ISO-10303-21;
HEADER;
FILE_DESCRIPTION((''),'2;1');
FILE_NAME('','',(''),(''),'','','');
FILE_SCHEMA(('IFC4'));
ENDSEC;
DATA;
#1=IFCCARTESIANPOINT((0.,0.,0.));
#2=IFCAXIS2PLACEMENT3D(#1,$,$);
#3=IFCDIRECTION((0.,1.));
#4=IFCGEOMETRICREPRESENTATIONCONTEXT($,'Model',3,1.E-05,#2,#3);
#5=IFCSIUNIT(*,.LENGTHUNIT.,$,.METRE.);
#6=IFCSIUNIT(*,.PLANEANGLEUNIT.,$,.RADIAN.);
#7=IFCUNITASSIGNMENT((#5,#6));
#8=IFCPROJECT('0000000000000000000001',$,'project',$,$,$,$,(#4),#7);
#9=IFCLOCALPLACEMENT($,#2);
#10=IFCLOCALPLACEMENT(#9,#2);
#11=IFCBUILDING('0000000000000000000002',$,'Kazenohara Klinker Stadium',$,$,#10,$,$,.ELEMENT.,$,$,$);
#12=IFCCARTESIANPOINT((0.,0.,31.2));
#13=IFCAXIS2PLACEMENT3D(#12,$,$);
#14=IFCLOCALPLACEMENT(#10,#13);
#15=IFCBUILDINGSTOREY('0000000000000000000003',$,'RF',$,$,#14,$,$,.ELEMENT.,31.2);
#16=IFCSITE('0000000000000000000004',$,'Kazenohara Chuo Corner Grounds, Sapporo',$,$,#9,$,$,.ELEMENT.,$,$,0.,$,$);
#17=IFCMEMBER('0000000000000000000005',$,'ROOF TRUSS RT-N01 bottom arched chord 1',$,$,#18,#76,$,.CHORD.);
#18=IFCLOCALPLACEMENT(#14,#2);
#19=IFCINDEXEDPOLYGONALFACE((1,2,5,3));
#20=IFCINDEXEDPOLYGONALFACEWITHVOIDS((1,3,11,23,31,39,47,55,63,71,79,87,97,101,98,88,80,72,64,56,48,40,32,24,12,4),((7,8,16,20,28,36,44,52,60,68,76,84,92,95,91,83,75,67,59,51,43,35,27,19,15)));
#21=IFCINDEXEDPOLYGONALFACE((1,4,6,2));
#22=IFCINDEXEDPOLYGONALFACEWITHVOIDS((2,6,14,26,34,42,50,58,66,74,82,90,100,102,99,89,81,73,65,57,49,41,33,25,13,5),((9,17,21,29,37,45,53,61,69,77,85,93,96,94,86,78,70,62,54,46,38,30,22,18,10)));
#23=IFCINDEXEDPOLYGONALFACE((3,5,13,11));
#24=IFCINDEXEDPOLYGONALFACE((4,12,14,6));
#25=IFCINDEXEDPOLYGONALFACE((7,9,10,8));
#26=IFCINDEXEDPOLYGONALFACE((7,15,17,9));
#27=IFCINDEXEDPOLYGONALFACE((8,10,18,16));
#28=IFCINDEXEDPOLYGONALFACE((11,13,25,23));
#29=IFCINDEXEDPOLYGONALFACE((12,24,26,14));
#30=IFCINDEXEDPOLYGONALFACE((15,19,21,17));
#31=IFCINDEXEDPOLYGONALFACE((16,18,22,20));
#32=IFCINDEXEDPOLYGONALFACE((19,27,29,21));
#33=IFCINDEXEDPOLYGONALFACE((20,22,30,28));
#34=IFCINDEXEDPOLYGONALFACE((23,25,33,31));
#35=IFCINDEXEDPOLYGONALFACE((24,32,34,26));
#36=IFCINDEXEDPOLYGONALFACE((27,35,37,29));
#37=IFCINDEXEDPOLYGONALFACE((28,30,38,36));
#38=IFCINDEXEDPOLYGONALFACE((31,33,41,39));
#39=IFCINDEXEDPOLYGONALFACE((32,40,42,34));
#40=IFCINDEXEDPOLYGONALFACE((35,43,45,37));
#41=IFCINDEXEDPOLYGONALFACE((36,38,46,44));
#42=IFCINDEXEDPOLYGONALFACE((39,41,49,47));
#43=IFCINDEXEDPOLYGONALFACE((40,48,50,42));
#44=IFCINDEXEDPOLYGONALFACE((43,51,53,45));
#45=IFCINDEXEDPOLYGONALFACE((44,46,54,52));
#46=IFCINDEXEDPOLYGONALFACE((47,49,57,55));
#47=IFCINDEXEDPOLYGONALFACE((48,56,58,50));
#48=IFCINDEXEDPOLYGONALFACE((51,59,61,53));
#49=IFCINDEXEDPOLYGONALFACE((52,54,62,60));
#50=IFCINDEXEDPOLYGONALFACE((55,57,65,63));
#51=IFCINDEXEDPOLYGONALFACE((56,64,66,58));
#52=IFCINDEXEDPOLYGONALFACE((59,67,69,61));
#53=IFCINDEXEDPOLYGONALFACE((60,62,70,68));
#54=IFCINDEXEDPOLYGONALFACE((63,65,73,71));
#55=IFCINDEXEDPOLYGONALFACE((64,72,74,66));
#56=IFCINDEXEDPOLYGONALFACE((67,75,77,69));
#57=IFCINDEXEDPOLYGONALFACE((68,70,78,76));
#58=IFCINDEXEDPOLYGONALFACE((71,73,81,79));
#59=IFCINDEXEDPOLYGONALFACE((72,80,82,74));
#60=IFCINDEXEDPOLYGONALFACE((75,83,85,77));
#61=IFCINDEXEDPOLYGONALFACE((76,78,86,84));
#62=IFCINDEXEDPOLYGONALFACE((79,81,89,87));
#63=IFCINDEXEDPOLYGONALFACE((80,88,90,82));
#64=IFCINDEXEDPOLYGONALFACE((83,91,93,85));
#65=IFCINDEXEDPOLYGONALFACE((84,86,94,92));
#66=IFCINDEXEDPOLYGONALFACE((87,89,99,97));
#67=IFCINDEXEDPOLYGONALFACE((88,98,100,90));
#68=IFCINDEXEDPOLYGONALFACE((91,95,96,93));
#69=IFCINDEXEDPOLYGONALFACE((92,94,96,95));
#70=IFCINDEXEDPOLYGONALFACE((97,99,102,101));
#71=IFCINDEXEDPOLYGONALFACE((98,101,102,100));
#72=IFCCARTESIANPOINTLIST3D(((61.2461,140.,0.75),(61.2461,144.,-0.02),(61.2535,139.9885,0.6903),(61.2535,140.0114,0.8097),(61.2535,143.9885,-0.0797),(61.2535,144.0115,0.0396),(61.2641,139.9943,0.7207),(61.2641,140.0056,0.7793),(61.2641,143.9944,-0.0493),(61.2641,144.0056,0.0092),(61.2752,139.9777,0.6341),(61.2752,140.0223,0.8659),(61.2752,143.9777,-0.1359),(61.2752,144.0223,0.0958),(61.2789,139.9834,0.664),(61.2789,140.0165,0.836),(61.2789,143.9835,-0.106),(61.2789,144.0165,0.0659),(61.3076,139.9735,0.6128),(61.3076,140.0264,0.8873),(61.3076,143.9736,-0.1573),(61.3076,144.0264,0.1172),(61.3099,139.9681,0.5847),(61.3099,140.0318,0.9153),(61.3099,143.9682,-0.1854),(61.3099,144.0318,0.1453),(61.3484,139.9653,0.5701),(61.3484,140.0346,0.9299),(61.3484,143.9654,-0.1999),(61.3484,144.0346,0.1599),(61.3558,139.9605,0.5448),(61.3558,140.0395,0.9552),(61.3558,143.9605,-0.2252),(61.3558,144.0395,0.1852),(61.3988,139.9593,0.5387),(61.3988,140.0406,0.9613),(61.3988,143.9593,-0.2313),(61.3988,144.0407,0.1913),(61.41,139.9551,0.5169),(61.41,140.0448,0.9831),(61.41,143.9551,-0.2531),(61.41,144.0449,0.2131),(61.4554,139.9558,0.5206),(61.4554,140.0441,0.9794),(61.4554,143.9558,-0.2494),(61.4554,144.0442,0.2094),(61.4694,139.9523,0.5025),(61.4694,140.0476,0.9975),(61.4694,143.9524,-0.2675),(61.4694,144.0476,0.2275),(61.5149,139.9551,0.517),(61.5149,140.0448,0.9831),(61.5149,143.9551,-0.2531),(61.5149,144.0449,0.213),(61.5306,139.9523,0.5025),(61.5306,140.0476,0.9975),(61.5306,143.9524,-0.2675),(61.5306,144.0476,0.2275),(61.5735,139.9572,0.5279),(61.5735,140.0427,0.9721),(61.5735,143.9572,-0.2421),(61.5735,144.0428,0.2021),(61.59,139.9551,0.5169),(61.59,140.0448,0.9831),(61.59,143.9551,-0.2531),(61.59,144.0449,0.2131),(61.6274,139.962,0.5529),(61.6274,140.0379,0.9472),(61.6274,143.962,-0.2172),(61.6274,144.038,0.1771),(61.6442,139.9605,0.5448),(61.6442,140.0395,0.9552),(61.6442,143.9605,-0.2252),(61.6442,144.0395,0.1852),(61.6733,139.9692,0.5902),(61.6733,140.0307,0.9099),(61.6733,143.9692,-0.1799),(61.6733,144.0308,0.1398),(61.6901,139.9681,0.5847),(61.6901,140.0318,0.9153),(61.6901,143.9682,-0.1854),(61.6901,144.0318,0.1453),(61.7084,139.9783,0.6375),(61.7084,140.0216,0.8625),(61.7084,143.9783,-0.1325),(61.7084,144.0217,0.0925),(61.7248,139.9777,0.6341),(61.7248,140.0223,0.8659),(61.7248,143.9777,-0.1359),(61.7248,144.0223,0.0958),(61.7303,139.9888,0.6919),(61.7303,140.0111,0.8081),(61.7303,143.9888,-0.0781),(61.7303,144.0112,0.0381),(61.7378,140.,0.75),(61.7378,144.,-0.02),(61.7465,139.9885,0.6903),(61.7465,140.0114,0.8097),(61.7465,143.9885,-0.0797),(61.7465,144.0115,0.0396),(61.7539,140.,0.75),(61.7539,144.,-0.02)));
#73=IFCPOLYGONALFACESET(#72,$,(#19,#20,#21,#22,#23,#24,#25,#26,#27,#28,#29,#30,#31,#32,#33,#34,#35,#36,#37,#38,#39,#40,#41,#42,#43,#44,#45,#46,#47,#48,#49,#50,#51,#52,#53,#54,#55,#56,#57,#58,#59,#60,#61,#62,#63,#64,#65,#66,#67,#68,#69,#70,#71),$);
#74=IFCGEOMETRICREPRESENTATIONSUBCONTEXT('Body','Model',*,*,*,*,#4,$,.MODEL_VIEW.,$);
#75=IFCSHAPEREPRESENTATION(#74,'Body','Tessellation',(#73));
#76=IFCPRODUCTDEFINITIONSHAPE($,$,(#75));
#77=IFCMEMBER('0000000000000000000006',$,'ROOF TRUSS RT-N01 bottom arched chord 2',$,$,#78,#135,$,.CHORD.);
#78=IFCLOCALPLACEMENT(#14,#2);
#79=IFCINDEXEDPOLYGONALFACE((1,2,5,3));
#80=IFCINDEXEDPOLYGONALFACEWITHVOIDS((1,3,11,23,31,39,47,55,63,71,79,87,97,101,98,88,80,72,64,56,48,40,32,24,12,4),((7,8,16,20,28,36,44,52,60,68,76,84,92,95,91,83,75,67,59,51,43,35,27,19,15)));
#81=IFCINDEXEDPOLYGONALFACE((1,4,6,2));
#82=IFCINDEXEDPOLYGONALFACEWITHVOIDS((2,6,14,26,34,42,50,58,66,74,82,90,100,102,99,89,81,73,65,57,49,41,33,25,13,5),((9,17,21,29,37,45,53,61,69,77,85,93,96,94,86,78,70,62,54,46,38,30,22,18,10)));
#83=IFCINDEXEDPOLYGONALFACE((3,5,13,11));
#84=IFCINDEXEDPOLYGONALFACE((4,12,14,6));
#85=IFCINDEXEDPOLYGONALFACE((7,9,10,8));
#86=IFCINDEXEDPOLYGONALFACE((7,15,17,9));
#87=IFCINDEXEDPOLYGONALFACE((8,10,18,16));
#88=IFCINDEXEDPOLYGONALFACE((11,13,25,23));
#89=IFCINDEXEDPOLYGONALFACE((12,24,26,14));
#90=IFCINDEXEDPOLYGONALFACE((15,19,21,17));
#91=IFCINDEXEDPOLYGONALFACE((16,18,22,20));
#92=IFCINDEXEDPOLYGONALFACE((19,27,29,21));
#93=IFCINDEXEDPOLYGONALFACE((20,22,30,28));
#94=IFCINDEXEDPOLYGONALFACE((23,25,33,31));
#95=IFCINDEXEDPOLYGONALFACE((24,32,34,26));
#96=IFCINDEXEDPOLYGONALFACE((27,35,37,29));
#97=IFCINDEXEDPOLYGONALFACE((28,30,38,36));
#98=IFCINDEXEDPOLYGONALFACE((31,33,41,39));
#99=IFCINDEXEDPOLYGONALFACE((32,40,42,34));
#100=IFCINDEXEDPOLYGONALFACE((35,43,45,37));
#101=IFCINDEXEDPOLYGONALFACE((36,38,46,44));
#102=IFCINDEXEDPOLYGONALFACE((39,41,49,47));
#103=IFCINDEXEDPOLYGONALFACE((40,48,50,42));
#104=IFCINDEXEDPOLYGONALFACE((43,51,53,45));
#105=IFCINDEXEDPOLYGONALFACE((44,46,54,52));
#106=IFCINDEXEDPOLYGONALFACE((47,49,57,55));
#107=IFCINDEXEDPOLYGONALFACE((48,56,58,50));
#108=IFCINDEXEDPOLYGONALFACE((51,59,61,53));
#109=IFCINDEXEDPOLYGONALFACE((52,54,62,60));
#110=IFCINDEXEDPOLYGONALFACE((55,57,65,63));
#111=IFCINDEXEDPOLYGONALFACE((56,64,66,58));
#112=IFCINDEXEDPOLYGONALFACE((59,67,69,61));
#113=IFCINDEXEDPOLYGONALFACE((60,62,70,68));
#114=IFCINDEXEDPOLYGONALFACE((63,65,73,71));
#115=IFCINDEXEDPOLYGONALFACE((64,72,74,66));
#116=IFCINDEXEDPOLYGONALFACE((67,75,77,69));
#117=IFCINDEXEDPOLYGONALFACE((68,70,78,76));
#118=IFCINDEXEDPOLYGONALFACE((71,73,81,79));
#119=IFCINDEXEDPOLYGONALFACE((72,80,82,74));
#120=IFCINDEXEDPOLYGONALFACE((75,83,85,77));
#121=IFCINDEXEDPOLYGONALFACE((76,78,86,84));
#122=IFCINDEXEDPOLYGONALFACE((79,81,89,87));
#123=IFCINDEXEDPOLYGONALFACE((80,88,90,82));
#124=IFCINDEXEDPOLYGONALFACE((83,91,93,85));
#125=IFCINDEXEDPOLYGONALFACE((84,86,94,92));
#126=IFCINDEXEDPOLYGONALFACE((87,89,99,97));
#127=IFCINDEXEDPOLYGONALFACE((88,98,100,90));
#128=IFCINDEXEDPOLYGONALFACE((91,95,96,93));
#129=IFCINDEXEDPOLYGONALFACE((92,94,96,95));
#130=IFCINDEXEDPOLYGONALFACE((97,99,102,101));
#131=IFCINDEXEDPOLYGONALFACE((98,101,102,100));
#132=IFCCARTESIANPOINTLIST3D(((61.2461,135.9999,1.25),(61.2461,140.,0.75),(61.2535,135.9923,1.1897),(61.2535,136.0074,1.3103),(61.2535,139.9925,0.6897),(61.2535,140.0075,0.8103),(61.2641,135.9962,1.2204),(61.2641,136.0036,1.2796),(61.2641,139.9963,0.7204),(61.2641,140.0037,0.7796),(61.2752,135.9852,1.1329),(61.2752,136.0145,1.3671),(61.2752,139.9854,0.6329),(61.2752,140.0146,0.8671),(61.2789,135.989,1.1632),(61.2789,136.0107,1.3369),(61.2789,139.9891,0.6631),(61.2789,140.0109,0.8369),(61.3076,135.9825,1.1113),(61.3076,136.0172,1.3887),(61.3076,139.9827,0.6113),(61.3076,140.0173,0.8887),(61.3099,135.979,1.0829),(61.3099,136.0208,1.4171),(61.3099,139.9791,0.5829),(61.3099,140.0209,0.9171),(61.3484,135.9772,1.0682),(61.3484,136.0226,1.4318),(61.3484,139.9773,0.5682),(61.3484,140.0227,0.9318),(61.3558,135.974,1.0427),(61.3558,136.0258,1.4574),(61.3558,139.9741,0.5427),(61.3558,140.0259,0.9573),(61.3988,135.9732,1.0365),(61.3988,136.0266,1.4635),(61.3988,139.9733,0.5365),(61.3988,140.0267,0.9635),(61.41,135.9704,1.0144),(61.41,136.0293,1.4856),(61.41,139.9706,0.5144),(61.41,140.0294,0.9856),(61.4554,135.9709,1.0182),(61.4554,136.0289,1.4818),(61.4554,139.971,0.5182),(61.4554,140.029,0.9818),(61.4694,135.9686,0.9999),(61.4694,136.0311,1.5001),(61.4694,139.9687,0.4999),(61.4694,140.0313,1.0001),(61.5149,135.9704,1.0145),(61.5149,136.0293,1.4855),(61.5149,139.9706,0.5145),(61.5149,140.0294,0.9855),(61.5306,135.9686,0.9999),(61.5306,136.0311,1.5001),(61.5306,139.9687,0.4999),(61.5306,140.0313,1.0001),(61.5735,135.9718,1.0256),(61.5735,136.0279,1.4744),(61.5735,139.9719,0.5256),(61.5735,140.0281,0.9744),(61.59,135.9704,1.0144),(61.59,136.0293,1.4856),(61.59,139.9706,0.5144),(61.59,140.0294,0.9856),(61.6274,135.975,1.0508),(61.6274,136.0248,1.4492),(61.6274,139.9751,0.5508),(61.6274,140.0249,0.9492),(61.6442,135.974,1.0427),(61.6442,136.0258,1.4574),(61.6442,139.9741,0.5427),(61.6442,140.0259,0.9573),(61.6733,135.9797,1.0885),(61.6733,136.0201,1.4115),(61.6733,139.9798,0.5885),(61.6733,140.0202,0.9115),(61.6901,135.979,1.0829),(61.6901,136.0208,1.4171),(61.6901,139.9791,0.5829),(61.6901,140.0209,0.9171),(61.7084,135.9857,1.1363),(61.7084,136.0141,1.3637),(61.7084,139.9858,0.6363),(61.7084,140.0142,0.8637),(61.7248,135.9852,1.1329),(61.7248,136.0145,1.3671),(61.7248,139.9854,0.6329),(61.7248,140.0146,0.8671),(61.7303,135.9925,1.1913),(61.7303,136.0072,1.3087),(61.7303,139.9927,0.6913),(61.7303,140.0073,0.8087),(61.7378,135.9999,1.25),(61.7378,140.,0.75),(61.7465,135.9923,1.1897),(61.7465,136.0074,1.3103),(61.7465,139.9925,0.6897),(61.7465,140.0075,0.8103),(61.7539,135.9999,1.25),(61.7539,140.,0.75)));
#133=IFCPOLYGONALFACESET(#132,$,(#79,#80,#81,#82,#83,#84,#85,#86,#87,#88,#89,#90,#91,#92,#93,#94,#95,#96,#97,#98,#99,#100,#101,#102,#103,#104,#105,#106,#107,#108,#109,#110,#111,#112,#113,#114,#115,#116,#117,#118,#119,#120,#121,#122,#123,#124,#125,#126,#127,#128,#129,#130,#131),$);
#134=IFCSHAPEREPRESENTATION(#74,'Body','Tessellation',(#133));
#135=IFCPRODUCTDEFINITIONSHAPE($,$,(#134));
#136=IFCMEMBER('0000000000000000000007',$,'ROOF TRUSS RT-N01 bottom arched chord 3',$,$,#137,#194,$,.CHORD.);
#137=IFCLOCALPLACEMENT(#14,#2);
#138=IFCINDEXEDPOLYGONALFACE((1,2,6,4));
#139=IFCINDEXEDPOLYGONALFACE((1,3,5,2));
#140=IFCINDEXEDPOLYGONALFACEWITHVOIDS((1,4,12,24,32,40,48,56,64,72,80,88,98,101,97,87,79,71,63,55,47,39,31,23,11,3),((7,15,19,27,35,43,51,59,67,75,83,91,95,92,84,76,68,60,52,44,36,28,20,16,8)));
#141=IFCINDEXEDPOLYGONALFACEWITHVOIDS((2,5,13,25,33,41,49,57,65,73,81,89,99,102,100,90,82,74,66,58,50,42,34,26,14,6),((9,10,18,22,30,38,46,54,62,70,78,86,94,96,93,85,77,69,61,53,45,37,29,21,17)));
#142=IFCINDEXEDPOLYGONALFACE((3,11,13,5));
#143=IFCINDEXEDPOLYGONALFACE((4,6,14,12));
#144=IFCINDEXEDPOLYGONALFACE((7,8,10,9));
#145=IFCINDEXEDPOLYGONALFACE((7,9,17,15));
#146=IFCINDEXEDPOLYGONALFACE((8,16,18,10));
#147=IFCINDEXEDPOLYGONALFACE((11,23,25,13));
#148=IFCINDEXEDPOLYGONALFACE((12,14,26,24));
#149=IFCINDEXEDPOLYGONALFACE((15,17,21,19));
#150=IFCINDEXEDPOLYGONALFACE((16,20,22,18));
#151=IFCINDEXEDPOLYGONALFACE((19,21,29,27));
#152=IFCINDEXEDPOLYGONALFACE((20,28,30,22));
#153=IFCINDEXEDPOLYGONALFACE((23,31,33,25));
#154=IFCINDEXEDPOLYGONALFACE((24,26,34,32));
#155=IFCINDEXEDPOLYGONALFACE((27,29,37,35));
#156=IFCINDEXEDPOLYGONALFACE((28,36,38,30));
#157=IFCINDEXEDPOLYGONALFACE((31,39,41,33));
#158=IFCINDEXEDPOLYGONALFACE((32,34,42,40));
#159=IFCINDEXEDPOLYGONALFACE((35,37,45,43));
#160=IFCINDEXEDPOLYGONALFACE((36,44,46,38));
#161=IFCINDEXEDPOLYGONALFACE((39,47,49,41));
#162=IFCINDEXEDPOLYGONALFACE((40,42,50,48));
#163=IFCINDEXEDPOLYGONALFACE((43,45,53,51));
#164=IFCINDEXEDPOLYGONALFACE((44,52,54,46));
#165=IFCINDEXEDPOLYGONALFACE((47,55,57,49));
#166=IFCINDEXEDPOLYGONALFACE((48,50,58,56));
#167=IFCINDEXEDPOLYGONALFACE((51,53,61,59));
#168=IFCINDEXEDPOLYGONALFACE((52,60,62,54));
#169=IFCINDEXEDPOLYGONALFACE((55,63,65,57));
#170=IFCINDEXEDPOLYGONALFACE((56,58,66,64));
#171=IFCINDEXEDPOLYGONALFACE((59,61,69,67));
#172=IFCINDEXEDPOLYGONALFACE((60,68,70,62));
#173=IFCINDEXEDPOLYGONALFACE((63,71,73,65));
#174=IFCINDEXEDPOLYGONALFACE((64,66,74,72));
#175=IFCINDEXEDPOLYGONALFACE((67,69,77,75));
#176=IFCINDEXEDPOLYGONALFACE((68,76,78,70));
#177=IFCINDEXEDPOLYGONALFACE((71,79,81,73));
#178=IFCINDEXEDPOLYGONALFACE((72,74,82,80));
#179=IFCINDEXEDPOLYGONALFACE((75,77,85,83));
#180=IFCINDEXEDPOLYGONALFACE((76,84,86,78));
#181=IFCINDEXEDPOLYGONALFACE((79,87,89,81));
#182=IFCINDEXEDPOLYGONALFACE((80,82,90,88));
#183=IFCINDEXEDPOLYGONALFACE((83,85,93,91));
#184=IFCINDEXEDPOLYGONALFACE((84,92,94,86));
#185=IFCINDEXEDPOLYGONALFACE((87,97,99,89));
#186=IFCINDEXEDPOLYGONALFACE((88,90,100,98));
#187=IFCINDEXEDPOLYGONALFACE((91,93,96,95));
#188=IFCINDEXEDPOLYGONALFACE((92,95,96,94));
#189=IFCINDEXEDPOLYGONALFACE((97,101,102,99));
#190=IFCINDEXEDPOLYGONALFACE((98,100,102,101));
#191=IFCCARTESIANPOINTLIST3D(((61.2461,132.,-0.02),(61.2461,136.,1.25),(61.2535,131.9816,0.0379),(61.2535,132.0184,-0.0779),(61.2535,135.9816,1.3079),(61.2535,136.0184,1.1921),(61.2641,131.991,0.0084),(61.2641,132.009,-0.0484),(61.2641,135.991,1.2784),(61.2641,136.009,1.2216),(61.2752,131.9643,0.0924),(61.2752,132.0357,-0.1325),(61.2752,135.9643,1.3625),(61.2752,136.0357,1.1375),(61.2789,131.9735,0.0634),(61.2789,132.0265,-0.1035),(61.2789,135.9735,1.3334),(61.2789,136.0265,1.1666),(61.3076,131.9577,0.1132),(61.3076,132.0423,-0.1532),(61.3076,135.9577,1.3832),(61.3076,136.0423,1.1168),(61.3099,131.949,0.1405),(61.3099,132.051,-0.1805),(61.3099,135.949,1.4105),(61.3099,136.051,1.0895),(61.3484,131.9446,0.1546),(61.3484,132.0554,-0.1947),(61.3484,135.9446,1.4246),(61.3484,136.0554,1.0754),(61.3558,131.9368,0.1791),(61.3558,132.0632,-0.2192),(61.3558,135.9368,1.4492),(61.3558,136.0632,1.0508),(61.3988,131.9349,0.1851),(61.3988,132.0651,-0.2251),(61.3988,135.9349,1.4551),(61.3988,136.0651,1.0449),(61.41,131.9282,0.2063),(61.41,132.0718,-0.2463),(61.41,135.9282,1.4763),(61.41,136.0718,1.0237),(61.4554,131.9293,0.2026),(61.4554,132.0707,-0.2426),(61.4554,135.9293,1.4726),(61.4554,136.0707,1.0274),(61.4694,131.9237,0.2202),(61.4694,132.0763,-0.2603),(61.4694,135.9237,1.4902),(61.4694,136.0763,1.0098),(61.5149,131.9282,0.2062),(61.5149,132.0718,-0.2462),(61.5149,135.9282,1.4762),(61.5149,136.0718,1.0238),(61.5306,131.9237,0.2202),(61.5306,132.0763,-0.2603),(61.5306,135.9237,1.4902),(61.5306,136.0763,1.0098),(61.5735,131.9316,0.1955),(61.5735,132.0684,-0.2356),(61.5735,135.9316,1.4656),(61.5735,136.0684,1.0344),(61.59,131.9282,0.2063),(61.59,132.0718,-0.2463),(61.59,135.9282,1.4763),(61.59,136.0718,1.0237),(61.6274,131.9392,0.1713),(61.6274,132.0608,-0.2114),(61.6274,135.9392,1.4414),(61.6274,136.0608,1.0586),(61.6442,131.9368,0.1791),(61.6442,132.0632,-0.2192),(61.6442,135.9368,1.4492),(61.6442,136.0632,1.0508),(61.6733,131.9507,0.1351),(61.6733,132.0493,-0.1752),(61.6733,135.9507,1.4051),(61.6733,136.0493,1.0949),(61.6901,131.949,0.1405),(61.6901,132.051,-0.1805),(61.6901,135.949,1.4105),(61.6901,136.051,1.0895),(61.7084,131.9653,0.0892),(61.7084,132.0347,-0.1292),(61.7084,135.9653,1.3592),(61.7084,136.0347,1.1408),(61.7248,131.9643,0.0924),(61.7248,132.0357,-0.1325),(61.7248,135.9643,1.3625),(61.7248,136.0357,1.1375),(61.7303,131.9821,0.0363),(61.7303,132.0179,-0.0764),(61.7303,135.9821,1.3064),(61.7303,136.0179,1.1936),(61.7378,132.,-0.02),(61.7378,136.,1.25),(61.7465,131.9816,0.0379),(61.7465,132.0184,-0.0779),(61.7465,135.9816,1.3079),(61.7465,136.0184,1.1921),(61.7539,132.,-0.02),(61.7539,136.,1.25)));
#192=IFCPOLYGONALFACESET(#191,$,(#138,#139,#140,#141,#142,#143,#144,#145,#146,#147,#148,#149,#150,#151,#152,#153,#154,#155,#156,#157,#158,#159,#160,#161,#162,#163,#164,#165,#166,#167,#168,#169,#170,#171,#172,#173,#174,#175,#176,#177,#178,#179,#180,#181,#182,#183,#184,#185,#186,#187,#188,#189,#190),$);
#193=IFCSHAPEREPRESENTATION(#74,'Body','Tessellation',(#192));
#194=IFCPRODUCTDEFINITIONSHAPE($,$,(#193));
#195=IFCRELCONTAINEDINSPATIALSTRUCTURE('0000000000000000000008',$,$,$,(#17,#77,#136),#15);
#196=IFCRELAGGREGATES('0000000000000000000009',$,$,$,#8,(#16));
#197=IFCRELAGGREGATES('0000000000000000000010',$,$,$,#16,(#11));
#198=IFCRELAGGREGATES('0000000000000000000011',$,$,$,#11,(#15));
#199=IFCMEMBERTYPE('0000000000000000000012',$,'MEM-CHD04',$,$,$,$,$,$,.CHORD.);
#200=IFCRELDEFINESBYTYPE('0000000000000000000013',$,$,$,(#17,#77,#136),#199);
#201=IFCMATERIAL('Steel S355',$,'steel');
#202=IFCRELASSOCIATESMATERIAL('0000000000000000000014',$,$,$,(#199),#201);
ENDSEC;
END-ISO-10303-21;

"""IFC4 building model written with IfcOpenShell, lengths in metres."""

from ifc_helpers import new_model, si_unit, direction, frame, origin, origin_2d, place, context, subcontext, project, spatial, hollow_circle, extrude, material, material_profile, profile_set, type_object, element, save


model = new_model("IFC4")

# Units and contexts
model_context = context("Model", 3, precision=1e-05, world=origin(), true_north=direction((0.0, 1.0)))
body_context = subcontext(model_context, "Body", "Model", "MODEL_VIEW")
ifc_project = project(units=[si_unit("LENGTHUNIT", "METRE"), si_unit("PLANEANGLEUNIT", "RADIAN")], contexts=[model_context])

# Site, building, storey
site_placement = place(None, origin())
site = spatial("IfcSite", under=ifc_project, at=site_placement, Name="Kazenohara Chuo Corner Grounds, Sapporo", CompositionType="ELEMENT", RefElevation=0.0)
building_placement = place(site_placement, origin())
building = spatial("IfcBuilding", under=site, at=building_placement, Name="Kazenohara Klinker Stadium", CompositionType="ELEMENT")
storey_placement = place(building_placement, frame((0.0, 0.0, 31.2)))
storey = spatial("IfcBuildingStorey", under=building, at=storey_placement, Name="RF", CompositionType="ELEMENT", Elevation=31.2)

# Members
ifc_material_1 = material(Name="Steel S355", Category="steel")
ifc_material_profile_1 = material_profile(ifc_material_1, hollow_circle(Radius=0.2539, WallThickness=0.0161, at=origin_2d()), Name="CHS-508.0x16")
ifc_profile_set_1 = profile_set([ifc_material_profile_1], Name="Steel S355")
member_type_1 = type_object("IfcMemberType", Name="MEM-CHD04", PredefinedType="CHORD", material=ifc_profile_set_1)
member_1_placement = place(storey_placement, frame((61.5, 144.0, -0.02), z_axis=(0.0, -0.981971, 0.189034), x_axis=(1.0, 0.0, 0.0)))
element("IfcMember", 1, at=member_1_placement, inside=storey, type_object=member_type_1, Name="ROOF TRUSS RT-N01 bottom arched chord 1", PredefinedType="CHORD", context=body_context, shape_type="SweptSolid", body=[
    extrude(hollow_circle(Radius=0.2539, WallThickness=0.0161, at=origin_2d()), origin(), (0.0, 0.0, 1.0), 4.0735),
])
member_2_placement = place(storey_placement, frame((61.5, 140.0, 0.75), z_axis=(0.0, -0.992278, 0.124035), x_axis=(1.0, 0.0, 0.0)))
element("IfcMember", 2, at=member_2_placement, inside=storey, type_object=member_type_1, Name="ROOF TRUSS RT-N01 bottom arched chord 2", PredefinedType="CHORD", context=body_context, shape_type="SweptSolid", body=[
    extrude(hollow_circle(Radius=0.2539, WallThickness=0.0161, at=origin_2d()), origin(), (0.0, 0.0, 1.0), 4.0312),
])
member_3_placement = place(storey_placement, frame((61.5, 136.0, 1.25), z_axis=(0.0, -0.953112, -0.302618), x_axis=(1.0, 0.0, 0.0)))
element("IfcMember", 3, at=member_3_placement, inside=storey, type_object=member_type_1, Name="ROOF TRUSS RT-N01 bottom arched chord 3", PredefinedType="CHORD", context=body_context, shape_type="SweptSolid", body=[
    extrude(hollow_circle(Radius=0.2539, WallThickness=0.0161, at=origin_2d()), origin(), (0.0, 0.0, 1.0), 4.1968),
])

save(model, "model.ifc")
